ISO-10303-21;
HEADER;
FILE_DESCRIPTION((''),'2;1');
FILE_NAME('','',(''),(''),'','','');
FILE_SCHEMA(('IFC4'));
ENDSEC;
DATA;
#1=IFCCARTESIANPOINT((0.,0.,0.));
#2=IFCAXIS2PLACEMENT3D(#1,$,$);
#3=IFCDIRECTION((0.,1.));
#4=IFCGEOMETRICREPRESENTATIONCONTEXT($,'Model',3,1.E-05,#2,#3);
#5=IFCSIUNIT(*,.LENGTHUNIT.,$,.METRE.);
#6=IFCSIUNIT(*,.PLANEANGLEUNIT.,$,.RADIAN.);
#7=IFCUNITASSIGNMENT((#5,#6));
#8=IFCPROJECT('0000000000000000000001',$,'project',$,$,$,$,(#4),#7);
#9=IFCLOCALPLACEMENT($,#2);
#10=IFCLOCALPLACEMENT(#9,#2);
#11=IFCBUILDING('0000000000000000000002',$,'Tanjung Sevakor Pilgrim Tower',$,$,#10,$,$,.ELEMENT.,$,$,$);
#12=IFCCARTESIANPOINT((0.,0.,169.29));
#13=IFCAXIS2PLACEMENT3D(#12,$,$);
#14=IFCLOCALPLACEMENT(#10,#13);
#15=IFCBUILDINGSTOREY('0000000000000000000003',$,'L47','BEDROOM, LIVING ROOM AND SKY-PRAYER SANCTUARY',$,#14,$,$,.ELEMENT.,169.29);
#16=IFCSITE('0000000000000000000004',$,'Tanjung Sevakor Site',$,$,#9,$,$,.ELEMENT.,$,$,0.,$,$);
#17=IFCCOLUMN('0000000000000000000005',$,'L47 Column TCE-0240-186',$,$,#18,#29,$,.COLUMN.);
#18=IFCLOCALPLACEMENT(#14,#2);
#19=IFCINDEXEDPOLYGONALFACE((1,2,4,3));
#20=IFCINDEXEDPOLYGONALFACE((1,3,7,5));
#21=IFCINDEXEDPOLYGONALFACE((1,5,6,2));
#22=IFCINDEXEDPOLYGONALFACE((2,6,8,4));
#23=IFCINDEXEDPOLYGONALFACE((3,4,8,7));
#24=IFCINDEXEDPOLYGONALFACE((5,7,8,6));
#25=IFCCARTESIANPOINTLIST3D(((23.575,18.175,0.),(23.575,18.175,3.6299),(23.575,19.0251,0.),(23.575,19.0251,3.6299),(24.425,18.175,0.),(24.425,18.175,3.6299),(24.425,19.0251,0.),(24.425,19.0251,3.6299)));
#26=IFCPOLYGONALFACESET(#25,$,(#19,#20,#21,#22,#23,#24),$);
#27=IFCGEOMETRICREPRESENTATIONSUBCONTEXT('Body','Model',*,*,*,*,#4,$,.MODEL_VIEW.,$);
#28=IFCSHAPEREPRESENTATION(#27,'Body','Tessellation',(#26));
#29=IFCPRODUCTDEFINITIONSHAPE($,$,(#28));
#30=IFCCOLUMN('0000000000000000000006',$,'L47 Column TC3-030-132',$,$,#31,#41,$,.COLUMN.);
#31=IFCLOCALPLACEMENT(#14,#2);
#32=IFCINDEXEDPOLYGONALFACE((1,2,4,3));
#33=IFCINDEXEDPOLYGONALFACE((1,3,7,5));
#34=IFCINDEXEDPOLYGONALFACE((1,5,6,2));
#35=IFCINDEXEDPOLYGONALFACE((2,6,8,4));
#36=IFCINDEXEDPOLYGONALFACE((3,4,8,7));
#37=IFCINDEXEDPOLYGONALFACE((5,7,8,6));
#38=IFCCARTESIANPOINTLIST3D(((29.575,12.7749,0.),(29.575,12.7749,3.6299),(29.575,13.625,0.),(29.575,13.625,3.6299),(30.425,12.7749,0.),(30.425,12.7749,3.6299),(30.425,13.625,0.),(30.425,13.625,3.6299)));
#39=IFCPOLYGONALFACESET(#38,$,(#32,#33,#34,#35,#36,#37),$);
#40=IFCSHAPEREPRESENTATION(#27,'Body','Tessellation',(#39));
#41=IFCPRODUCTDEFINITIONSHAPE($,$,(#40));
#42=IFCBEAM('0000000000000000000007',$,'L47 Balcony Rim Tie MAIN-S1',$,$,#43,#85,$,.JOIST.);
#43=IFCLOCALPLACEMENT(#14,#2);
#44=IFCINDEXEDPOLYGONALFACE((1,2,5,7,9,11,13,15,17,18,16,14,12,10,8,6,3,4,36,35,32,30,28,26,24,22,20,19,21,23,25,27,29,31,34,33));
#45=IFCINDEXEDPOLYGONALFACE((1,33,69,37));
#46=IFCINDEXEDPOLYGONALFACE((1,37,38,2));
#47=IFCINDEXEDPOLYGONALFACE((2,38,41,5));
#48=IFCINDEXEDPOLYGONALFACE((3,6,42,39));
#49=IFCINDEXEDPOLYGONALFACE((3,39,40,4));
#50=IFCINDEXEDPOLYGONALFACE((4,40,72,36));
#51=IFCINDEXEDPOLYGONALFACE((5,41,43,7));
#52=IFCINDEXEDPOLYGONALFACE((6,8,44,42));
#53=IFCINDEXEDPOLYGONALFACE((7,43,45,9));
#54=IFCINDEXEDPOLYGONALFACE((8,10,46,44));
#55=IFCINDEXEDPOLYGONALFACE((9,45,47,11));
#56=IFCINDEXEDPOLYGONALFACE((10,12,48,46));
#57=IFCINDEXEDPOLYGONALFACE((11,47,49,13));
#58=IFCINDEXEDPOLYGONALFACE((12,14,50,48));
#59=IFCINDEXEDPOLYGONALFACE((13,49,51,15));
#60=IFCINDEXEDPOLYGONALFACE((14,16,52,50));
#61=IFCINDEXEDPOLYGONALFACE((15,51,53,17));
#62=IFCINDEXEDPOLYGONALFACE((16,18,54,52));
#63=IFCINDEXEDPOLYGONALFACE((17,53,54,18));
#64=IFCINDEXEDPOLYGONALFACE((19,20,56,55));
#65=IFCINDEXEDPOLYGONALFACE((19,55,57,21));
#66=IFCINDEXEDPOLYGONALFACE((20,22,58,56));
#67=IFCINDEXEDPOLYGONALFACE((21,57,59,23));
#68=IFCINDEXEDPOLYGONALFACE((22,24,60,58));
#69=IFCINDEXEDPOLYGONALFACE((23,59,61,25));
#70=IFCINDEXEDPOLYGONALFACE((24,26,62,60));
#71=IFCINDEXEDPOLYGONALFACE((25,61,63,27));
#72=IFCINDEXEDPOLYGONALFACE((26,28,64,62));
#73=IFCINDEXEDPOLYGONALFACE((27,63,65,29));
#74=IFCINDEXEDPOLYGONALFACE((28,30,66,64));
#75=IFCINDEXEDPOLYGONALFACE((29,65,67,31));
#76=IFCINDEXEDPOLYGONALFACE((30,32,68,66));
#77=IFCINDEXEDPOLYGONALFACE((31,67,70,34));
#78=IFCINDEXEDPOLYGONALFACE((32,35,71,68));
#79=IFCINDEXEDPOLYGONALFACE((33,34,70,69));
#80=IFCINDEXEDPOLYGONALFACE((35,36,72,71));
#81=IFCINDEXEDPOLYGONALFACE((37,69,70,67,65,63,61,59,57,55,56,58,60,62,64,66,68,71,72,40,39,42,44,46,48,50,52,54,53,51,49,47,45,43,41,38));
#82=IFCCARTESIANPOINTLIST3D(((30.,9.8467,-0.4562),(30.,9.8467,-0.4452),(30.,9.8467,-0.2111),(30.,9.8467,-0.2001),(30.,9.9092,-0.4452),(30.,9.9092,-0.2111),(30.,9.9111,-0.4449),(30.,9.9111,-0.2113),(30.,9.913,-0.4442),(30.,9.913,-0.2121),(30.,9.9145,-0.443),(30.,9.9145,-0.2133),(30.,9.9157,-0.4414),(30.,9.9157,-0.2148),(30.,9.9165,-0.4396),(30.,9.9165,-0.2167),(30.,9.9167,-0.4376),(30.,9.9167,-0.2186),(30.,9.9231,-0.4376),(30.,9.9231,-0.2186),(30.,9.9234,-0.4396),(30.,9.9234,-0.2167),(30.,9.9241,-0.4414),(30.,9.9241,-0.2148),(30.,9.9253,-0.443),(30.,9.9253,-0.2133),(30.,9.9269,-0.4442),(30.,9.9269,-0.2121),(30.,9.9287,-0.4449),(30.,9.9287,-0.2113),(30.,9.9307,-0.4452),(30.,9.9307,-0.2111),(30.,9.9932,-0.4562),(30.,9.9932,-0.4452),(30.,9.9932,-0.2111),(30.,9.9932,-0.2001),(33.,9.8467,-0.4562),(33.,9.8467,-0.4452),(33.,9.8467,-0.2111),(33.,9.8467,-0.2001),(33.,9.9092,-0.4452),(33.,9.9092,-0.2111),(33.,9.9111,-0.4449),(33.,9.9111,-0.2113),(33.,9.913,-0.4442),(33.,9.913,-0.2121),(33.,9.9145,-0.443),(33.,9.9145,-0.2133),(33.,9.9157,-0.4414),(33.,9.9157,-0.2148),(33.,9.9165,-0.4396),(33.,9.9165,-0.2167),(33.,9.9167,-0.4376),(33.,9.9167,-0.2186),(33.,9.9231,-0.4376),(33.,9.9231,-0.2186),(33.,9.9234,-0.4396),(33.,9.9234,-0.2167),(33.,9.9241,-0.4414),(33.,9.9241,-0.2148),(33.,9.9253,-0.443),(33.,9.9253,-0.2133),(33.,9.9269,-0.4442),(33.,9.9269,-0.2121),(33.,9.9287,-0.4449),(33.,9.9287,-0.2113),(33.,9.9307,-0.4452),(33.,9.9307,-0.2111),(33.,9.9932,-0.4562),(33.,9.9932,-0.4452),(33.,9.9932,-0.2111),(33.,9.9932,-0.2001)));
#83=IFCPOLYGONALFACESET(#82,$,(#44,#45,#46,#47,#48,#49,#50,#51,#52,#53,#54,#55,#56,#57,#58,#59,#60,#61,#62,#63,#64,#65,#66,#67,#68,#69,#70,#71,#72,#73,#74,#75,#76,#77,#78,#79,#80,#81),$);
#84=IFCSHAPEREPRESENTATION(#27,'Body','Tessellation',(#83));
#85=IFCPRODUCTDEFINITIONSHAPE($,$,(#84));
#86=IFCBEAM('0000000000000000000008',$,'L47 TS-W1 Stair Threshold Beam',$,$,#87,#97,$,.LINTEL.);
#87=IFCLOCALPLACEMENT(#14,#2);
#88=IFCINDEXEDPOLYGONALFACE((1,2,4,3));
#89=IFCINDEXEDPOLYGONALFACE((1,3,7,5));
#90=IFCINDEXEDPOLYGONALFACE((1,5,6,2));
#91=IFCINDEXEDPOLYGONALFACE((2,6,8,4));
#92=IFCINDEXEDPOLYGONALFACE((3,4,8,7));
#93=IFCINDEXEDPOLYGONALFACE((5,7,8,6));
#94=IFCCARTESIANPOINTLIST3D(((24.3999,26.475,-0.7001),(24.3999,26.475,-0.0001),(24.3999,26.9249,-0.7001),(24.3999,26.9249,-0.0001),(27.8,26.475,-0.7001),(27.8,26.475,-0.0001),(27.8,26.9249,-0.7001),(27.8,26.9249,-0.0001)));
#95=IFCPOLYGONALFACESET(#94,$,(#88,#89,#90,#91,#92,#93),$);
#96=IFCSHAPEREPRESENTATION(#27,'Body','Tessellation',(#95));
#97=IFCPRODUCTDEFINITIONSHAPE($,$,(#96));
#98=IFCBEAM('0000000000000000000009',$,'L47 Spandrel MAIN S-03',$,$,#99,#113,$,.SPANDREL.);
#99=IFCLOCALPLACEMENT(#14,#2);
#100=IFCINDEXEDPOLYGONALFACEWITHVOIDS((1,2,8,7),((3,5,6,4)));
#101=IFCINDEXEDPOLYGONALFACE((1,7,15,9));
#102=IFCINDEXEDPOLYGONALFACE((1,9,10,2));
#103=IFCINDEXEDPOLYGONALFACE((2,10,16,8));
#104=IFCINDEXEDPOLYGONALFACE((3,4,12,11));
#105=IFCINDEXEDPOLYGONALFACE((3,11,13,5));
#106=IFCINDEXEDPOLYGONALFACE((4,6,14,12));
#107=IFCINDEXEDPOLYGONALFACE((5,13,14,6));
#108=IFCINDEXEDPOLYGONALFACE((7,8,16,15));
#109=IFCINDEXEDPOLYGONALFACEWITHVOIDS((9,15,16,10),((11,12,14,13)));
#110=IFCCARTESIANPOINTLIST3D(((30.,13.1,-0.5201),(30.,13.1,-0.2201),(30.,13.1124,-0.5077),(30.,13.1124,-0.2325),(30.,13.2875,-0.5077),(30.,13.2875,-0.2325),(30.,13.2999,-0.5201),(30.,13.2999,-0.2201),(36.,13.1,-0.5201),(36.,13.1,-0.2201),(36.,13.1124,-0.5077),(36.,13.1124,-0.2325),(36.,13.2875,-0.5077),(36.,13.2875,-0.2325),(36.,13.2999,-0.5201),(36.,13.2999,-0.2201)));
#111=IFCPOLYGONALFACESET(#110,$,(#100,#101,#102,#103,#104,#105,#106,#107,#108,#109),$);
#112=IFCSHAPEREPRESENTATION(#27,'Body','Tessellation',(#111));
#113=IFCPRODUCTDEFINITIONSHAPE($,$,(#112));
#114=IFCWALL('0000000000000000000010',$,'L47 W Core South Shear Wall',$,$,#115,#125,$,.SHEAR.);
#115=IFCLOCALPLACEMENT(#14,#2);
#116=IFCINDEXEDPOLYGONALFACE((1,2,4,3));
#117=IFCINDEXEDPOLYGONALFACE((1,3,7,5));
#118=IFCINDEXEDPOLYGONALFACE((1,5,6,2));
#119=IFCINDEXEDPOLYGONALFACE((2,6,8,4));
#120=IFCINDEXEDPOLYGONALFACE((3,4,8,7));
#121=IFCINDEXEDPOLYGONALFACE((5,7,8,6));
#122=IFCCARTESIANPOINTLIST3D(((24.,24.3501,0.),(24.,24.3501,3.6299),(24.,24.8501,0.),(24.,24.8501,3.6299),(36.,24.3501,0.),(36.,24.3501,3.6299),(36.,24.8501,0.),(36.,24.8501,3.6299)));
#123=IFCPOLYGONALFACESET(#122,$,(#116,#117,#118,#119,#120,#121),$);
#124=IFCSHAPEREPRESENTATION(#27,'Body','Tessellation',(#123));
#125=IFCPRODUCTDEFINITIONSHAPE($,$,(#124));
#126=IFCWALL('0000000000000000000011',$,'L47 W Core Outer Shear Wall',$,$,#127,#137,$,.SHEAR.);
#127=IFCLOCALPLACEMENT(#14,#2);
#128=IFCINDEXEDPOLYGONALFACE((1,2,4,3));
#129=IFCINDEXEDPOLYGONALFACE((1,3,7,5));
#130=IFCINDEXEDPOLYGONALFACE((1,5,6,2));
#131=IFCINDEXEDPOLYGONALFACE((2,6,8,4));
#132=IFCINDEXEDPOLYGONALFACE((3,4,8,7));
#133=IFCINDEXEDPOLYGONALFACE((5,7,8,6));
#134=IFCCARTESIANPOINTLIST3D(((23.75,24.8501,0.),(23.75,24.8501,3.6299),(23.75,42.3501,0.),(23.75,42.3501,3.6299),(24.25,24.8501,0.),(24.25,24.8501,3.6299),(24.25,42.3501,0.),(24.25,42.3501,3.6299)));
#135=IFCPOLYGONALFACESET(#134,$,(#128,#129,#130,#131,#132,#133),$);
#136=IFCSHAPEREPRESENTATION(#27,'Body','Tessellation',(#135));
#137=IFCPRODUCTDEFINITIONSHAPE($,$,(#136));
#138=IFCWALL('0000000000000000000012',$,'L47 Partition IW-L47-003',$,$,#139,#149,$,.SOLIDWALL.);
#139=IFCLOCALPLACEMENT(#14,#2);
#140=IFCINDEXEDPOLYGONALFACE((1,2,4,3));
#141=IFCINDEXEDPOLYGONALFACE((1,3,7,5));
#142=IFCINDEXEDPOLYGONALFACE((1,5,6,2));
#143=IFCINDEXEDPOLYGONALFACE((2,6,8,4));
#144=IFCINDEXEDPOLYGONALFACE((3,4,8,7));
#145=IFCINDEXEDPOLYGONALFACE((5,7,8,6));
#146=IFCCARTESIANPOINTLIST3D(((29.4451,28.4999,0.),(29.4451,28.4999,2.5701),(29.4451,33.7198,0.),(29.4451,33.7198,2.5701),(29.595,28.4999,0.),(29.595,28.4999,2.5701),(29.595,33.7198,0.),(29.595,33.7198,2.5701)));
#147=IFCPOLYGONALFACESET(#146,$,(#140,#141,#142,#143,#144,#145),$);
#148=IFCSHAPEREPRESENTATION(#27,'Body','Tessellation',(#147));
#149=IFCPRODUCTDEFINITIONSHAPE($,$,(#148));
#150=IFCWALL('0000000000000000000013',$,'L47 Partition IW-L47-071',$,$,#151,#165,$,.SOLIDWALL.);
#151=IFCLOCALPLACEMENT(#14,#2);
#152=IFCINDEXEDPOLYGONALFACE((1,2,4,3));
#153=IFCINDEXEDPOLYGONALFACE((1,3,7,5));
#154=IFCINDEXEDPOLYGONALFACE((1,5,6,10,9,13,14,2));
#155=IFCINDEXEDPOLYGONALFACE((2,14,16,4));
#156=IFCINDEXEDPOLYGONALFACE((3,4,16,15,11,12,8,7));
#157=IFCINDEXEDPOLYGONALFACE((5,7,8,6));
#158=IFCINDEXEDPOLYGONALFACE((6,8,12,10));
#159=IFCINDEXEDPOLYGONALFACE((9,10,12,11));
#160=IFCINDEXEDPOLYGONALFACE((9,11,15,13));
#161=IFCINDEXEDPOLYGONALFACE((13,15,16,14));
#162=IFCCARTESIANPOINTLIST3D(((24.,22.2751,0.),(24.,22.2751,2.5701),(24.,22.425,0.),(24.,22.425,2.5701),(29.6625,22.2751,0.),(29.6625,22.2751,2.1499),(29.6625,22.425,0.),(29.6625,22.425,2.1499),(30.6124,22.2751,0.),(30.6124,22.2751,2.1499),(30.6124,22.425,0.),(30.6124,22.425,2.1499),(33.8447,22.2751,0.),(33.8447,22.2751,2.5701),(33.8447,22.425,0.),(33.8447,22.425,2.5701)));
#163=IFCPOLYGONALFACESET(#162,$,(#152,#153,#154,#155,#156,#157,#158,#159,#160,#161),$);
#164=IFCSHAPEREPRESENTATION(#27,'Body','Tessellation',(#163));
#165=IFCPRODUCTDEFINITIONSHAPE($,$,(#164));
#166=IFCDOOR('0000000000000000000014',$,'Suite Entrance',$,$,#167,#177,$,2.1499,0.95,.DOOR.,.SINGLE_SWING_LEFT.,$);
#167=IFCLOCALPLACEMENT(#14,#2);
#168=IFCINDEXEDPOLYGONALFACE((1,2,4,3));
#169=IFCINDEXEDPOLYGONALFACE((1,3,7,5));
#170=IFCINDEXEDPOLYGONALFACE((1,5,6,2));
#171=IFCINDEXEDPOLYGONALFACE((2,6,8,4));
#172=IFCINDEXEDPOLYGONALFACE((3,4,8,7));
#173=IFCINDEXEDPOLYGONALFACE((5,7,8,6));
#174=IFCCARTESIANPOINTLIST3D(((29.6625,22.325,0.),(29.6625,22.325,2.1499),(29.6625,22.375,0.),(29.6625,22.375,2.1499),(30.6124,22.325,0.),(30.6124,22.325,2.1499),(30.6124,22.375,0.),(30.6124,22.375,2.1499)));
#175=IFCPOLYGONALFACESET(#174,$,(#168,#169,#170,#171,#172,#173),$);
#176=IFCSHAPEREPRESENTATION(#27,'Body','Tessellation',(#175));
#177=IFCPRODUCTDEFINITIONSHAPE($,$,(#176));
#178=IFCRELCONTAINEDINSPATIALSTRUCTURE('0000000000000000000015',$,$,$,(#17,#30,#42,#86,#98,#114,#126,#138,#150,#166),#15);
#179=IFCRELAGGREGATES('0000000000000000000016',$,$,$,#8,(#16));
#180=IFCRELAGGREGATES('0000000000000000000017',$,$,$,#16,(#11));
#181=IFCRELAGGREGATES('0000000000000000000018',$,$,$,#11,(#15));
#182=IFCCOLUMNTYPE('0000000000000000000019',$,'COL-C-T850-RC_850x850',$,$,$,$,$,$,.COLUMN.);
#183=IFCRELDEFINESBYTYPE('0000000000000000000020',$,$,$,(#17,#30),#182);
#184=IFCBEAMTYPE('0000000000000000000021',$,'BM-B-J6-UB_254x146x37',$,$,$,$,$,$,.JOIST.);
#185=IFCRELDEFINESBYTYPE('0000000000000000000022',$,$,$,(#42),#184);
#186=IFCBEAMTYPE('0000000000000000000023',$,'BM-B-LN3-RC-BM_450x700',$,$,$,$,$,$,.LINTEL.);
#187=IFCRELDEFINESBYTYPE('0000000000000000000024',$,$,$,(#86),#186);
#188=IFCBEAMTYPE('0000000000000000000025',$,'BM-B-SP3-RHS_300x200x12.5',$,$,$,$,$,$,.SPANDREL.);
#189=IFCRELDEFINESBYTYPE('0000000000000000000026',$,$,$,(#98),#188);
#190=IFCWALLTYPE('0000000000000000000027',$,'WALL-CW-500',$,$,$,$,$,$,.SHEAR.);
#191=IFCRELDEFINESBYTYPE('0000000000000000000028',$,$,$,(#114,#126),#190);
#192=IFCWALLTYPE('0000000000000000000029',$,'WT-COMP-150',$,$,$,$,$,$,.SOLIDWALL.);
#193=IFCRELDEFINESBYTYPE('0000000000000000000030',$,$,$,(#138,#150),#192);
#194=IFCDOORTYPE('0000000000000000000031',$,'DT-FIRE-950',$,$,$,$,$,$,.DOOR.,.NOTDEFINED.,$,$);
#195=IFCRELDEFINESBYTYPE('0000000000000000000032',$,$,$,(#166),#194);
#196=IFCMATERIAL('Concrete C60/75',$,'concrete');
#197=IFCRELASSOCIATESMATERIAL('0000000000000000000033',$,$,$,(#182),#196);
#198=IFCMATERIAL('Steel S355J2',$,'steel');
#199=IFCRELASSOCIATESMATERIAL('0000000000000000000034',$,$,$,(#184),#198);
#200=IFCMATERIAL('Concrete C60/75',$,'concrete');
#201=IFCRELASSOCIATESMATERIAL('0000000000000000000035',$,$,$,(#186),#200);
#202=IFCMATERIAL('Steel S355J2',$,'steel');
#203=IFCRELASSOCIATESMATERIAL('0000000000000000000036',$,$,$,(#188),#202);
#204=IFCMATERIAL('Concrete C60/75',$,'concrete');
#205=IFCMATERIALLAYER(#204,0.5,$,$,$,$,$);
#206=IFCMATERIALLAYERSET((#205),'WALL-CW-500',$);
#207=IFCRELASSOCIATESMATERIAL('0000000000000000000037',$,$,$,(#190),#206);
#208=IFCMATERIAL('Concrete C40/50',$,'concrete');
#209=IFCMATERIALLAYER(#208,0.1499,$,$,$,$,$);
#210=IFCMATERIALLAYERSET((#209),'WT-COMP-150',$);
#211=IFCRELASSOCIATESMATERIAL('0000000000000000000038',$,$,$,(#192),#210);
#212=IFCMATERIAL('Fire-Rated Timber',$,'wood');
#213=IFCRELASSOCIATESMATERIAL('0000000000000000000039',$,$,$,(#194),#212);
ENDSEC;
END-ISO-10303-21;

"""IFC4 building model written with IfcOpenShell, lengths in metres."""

from ifc_helpers import new_model, si_unit, direction, frame, frame_2d, origin, origin_2d, place, context, subcontext, project, spatial, rectangle, hollow_rectangle, i_section, extrude, material, layer, layer_set, material_profile, profile_set, type_object, element, fill, save


model = new_model("IFC4")

# Units and contexts
model_context = context("Model", 3, precision=1e-05, world=origin(), true_north=direction((0.0, 1.0)))
body_context = subcontext(model_context, "Body", "Model", "MODEL_VIEW")
ifc_project = project(units=[si_unit("LENGTHUNIT", "METRE"), si_unit("PLANEANGLEUNIT", "RADIAN")], contexts=[model_context])

# Site, building, storey
site_placement = place(None, origin())
site = spatial("IfcSite", under=ifc_project, at=site_placement, Name="Tanjung Sevakor Site", CompositionType="ELEMENT", RefElevation=0.0)
building_placement = place(site_placement, origin())
building = spatial("IfcBuilding", under=site, at=building_placement, Name="Tanjung Sevakor Pilgrim Tower", CompositionType="ELEMENT")
storey_placement = place(building_placement, frame((0.0, 0.0, 169.29)))
storey = spatial("IfcBuildingStorey", under=building, at=storey_placement, Name="L47", Description="BEDROOM, LIVING ROOM AND SKY-PRAYER SANCTUARY", CompositionType="ELEMENT", Elevation=169.29)

# Columns
ifc_material_1 = material(Name="Concrete C60/75", Category="concrete")
ifc_material_profile_1 = material_profile(ifc_material_1, rectangle(XDim=0.8501, YDim=0.8501, at=origin_2d()))
ifc_profile_set_1 = profile_set([ifc_material_profile_1], Name="Concrete C60/75")
column_type = type_object("IfcColumnType", Name="COL-C-T850-RC_850x850", PredefinedType="COLUMN", material=ifc_profile_set_1)
for number, where, z_axis, x_axis, name in (
    (1, (24.0, 18.6001, 0.0), (0.0, 0.0, 1.0), (1.0, 0.0, 0.0), "L47 Column TCE-0240-186"),
    (2, (30.0, 13.2, 0.0), (0.0, 0.0, 1.0), (1.0, 0.0, 0.0), "L47 Column TC3-030-132"),
):
    element("IfcColumn", number, at=place(storey_placement, frame(where, z_axis=z_axis, x_axis=x_axis)), inside=storey, type_object=column_type, Name=name, PredefinedType="COLUMN", context=body_context, shape_type="SweptSolid", body=[
        extrude(rectangle(XDim=0.8501, YDim=0.8501, at=origin_2d()), origin(), (0.0, 0.0, 1.0), 3.6299),
    ])

# Beams
ifc_material_2 = material(Name="Steel S355J2", Category="steel")
ifc_material_profile_2 = material_profile(ifc_material_2, i_section(OverallWidth=0.1465, OverallDepth=0.2561, WebThickness=0.0063, FlangeThickness=0.011, FilletRadius=0.0076, at=origin_2d()))
ifc_profile_set_2 = profile_set([ifc_material_profile_2], Name="Steel S355J2")
beam_type_1 = type_object("IfcBeamType", Name="BM-B-J6-UB_254x146x37", PredefinedType="JOIST", material=ifc_profile_set_2)
beam_1_placement = place(storey_placement, frame((30.0, 9.9199, -0.3281), z_axis=(1.0, 0.0, 0.0), x_axis=(0.0, 1.0, 0.0)))
element("IfcBeam", 3, at=beam_1_placement, inside=storey, type_object=beam_type_1, Name="L47 Balcony Rim Tie MAIN-S1", PredefinedType="JOIST", context=body_context, shape_type="SweptSolid", body=[
    extrude(i_section(OverallWidth=0.1465, OverallDepth=0.2561, WebThickness=0.0063, FlangeThickness=0.011, FilletRadius=0.0076, at=origin_2d()), origin(), (0.0, 0.0, 1.0), 3.0),
])
ifc_material_3 = material(Name="Concrete C60/75", Category="concrete")
ifc_material_profile_3 = material_profile(ifc_material_3, rectangle(XDim=0.45, YDim=0.7, at=origin_2d()))
ifc_profile_set_3 = profile_set([ifc_material_profile_3], Name="Concrete C60/75")
beam_type_2 = type_object("IfcBeamType", Name="BM-B-LN3-RC-BM_450x700", PredefinedType="LINTEL", material=ifc_profile_set_3)
beam_2_placement = place(storey_placement, frame((24.3999, 26.7, -0.3501), z_axis=(1.0, 0.0, 0.0), x_axis=(0.0, 1.0, 0.0)))
element("IfcBeam", 4, at=beam_2_placement, inside=storey, type_object=beam_type_2, Name="L47 TS-W1 Stair Threshold Beam", PredefinedType="LINTEL", context=body_context, shape_type="SweptSolid", body=[
    extrude(rectangle(XDim=0.45, YDim=0.7, at=origin_2d()), origin(), (0.0, 0.0, 1.0), 3.4001),
])
ifc_material_4 = material(Name="Steel S355J2", Category="steel")
ifc_material_profile_4 = material_profile(ifc_material_4, hollow_rectangle(XDim=0.2, YDim=0.3, WallThickness=0.0125, at=origin_2d()))
ifc_profile_set_4 = profile_set([ifc_material_profile_4], Name="Steel S355J2")
beam_type_3 = type_object("IfcBeamType", Name="BM-B-SP3-RHS_300x200x12.5", PredefinedType="SPANDREL", material=ifc_profile_set_4)
beam_3_placement = place(storey_placement, frame((30.0, 13.2, -0.3701), z_axis=(1.0, 0.0, 0.0), x_axis=(0.0, 1.0, 0.0)))
element("IfcBeam", 5, at=beam_3_placement, inside=storey, type_object=beam_type_3, Name="L47 Spandrel MAIN S-03", PredefinedType="SPANDREL", context=body_context, shape_type="SweptSolid", body=[
    extrude(hollow_rectangle(XDim=0.2, YDim=0.3, WallThickness=0.0125, at=origin_2d()), origin(), (0.0, 0.0, 1.0), 6.0),
])

# Walls
ifc_material_5 = material(Name="Concrete C60/75", Category="concrete")
ifc_layer_1 = layer(ifc_material_5, 0.5)
ifc_layer_set_1 = layer_set([ifc_layer_1], Name="WALL-CW-500")
wall_type_1 = type_object("IfcWallType", Name="WALL-CW-500", PredefinedType="SHEAR", material=ifc_layer_set_1)
wall_1_placement = place(storey_placement, frame((24.0, 24.6001, 0.0), z_axis=(0.0, 0.0, 1.0), x_axis=(1.0, 0.0, 0.0)))
element("IfcWall", 6, at=wall_1_placement, inside=storey, type_object=wall_type_1, Name="L47 W Core South Shear Wall", PredefinedType="SHEAR", context=body_context, shape_type="SweptSolid", body=[
    extrude(rectangle(XDim=12.0, YDim=0.5, at=frame_2d((6.0, 0.0))), origin(), (0.0, 0.0, 1.0), 3.6299),
])
wall_2_placement = place(storey_placement, frame((24.0, 24.8501, 0.0), z_axis=(0.0, 0.0, 1.0), x_axis=(0.0, 1.0, 0.0)))
element("IfcWall", 7, at=wall_2_placement, inside=storey, type_object=wall_type_1, Name="L47 W Core Outer Shear Wall", PredefinedType="SHEAR", context=body_context, shape_type="SweptSolid", body=[
    extrude(rectangle(XDim=17.5, YDim=0.5, at=frame_2d((8.75, 0.0))), origin(), (0.0, 0.0, 1.0), 3.6299),
])

# Wall
ifc_material_6 = material(Name="Concrete C40/50", Category="concrete")
ifc_layer_2 = layer(ifc_material_6, 0.1499)
ifc_layer_set_2 = layer_set([ifc_layer_2], Name="WT-COMP-150")
wall_type_2 = type_object("IfcWallType", Name="WT-COMP-150", PredefinedType="SOLIDWALL", material=ifc_layer_set_2)
wall_3_placement = place(storey_placement, frame((29.52, 28.5, 0.0), z_axis=(0.0, 0.0, 1.0), x_axis=(0.0, 1.0, 0.0)))
element("IfcWall", 8, at=wall_3_placement, inside=storey, type_object=wall_type_2, Name="L47 Partition IW-L47-003", PredefinedType="SOLIDWALL", context=body_context, shape_type="SweptSolid", body=[
    extrude(rectangle(XDim=5.22, YDim=0.1499, at=frame_2d((2.6099, 0.0))), origin(), (0.0, 0.0, 1.0), 2.5701),
])

# Wall, opening, door
wall_4_placement = place(storey_placement, frame((24.0, 22.3501, 0.0), z_axis=(0.0, 0.0, 1.0), x_axis=(1.0, 0.0, 0.0)))
wall_4 = element("IfcWall", 9, at=wall_4_placement, inside=storey, type_object=wall_type_2, Name="L47 Partition IW-L47-071", PredefinedType="SOLIDWALL", context=body_context, shape_type="SweptSolid", body=[
    extrude(rectangle(XDim=9.8447, YDim=0.1499, at=frame_2d((4.9224, 0.0))), origin(), (0.0, 0.0, 1.0), 2.5701),
])
opening_1_placement = place(wall_4_placement, frame((5.6624, 0.0, 0.0)))
opening_1 = element("IfcOpeningElement", 10, at=opening_1_placement, cuts=wall_4, PredefinedType="OPENING", context=body_context, shape_type="SweptSolid", body=[
    extrude(rectangle(XDim=0.95, YDim=2.1499, at=frame_2d((0.4751, 1.075))), frame((0.0, 0.085, 0.0), z_axis=(0.0, -1.0, 0.0), x_axis=(1.0, 0.0, 0.0)), (0.0, 0.0, 1.0), 0.1699),
])
ifc_material_7 = material(Name="Fire-Rated Timber", Category="wood")
door_type_1 = type_object("IfcDoorType", Name="DT-FIRE-950", OperationType="NOTDEFINED", PredefinedType="DOOR", material=ifc_material_7)
door_1_placement = place(opening_1_placement, origin())
door_1 = element("IfcDoor", 11, at=door_1_placement, inside=storey, type_object=door_type_1, Name="Suite Entrance", OperationType="SINGLE_SWING_LEFT", OverallHeight=2.1499, OverallWidth=0.95, PredefinedType="DOOR", context=body_context, shape_type="SweptSolid", body=[
    extrude(rectangle(XDim=0.95, YDim=2.1499, at=frame_2d((0.4751, 1.075))), frame((0.0, 0.0249, 0.0), z_axis=(0.0, -1.0, 0.0), x_axis=(1.0, 0.0, 0.0)), (0.0, 0.0, 1.0), 0.05),
])
fill(opening_1, door_1)

save(model, "model.ifc")
